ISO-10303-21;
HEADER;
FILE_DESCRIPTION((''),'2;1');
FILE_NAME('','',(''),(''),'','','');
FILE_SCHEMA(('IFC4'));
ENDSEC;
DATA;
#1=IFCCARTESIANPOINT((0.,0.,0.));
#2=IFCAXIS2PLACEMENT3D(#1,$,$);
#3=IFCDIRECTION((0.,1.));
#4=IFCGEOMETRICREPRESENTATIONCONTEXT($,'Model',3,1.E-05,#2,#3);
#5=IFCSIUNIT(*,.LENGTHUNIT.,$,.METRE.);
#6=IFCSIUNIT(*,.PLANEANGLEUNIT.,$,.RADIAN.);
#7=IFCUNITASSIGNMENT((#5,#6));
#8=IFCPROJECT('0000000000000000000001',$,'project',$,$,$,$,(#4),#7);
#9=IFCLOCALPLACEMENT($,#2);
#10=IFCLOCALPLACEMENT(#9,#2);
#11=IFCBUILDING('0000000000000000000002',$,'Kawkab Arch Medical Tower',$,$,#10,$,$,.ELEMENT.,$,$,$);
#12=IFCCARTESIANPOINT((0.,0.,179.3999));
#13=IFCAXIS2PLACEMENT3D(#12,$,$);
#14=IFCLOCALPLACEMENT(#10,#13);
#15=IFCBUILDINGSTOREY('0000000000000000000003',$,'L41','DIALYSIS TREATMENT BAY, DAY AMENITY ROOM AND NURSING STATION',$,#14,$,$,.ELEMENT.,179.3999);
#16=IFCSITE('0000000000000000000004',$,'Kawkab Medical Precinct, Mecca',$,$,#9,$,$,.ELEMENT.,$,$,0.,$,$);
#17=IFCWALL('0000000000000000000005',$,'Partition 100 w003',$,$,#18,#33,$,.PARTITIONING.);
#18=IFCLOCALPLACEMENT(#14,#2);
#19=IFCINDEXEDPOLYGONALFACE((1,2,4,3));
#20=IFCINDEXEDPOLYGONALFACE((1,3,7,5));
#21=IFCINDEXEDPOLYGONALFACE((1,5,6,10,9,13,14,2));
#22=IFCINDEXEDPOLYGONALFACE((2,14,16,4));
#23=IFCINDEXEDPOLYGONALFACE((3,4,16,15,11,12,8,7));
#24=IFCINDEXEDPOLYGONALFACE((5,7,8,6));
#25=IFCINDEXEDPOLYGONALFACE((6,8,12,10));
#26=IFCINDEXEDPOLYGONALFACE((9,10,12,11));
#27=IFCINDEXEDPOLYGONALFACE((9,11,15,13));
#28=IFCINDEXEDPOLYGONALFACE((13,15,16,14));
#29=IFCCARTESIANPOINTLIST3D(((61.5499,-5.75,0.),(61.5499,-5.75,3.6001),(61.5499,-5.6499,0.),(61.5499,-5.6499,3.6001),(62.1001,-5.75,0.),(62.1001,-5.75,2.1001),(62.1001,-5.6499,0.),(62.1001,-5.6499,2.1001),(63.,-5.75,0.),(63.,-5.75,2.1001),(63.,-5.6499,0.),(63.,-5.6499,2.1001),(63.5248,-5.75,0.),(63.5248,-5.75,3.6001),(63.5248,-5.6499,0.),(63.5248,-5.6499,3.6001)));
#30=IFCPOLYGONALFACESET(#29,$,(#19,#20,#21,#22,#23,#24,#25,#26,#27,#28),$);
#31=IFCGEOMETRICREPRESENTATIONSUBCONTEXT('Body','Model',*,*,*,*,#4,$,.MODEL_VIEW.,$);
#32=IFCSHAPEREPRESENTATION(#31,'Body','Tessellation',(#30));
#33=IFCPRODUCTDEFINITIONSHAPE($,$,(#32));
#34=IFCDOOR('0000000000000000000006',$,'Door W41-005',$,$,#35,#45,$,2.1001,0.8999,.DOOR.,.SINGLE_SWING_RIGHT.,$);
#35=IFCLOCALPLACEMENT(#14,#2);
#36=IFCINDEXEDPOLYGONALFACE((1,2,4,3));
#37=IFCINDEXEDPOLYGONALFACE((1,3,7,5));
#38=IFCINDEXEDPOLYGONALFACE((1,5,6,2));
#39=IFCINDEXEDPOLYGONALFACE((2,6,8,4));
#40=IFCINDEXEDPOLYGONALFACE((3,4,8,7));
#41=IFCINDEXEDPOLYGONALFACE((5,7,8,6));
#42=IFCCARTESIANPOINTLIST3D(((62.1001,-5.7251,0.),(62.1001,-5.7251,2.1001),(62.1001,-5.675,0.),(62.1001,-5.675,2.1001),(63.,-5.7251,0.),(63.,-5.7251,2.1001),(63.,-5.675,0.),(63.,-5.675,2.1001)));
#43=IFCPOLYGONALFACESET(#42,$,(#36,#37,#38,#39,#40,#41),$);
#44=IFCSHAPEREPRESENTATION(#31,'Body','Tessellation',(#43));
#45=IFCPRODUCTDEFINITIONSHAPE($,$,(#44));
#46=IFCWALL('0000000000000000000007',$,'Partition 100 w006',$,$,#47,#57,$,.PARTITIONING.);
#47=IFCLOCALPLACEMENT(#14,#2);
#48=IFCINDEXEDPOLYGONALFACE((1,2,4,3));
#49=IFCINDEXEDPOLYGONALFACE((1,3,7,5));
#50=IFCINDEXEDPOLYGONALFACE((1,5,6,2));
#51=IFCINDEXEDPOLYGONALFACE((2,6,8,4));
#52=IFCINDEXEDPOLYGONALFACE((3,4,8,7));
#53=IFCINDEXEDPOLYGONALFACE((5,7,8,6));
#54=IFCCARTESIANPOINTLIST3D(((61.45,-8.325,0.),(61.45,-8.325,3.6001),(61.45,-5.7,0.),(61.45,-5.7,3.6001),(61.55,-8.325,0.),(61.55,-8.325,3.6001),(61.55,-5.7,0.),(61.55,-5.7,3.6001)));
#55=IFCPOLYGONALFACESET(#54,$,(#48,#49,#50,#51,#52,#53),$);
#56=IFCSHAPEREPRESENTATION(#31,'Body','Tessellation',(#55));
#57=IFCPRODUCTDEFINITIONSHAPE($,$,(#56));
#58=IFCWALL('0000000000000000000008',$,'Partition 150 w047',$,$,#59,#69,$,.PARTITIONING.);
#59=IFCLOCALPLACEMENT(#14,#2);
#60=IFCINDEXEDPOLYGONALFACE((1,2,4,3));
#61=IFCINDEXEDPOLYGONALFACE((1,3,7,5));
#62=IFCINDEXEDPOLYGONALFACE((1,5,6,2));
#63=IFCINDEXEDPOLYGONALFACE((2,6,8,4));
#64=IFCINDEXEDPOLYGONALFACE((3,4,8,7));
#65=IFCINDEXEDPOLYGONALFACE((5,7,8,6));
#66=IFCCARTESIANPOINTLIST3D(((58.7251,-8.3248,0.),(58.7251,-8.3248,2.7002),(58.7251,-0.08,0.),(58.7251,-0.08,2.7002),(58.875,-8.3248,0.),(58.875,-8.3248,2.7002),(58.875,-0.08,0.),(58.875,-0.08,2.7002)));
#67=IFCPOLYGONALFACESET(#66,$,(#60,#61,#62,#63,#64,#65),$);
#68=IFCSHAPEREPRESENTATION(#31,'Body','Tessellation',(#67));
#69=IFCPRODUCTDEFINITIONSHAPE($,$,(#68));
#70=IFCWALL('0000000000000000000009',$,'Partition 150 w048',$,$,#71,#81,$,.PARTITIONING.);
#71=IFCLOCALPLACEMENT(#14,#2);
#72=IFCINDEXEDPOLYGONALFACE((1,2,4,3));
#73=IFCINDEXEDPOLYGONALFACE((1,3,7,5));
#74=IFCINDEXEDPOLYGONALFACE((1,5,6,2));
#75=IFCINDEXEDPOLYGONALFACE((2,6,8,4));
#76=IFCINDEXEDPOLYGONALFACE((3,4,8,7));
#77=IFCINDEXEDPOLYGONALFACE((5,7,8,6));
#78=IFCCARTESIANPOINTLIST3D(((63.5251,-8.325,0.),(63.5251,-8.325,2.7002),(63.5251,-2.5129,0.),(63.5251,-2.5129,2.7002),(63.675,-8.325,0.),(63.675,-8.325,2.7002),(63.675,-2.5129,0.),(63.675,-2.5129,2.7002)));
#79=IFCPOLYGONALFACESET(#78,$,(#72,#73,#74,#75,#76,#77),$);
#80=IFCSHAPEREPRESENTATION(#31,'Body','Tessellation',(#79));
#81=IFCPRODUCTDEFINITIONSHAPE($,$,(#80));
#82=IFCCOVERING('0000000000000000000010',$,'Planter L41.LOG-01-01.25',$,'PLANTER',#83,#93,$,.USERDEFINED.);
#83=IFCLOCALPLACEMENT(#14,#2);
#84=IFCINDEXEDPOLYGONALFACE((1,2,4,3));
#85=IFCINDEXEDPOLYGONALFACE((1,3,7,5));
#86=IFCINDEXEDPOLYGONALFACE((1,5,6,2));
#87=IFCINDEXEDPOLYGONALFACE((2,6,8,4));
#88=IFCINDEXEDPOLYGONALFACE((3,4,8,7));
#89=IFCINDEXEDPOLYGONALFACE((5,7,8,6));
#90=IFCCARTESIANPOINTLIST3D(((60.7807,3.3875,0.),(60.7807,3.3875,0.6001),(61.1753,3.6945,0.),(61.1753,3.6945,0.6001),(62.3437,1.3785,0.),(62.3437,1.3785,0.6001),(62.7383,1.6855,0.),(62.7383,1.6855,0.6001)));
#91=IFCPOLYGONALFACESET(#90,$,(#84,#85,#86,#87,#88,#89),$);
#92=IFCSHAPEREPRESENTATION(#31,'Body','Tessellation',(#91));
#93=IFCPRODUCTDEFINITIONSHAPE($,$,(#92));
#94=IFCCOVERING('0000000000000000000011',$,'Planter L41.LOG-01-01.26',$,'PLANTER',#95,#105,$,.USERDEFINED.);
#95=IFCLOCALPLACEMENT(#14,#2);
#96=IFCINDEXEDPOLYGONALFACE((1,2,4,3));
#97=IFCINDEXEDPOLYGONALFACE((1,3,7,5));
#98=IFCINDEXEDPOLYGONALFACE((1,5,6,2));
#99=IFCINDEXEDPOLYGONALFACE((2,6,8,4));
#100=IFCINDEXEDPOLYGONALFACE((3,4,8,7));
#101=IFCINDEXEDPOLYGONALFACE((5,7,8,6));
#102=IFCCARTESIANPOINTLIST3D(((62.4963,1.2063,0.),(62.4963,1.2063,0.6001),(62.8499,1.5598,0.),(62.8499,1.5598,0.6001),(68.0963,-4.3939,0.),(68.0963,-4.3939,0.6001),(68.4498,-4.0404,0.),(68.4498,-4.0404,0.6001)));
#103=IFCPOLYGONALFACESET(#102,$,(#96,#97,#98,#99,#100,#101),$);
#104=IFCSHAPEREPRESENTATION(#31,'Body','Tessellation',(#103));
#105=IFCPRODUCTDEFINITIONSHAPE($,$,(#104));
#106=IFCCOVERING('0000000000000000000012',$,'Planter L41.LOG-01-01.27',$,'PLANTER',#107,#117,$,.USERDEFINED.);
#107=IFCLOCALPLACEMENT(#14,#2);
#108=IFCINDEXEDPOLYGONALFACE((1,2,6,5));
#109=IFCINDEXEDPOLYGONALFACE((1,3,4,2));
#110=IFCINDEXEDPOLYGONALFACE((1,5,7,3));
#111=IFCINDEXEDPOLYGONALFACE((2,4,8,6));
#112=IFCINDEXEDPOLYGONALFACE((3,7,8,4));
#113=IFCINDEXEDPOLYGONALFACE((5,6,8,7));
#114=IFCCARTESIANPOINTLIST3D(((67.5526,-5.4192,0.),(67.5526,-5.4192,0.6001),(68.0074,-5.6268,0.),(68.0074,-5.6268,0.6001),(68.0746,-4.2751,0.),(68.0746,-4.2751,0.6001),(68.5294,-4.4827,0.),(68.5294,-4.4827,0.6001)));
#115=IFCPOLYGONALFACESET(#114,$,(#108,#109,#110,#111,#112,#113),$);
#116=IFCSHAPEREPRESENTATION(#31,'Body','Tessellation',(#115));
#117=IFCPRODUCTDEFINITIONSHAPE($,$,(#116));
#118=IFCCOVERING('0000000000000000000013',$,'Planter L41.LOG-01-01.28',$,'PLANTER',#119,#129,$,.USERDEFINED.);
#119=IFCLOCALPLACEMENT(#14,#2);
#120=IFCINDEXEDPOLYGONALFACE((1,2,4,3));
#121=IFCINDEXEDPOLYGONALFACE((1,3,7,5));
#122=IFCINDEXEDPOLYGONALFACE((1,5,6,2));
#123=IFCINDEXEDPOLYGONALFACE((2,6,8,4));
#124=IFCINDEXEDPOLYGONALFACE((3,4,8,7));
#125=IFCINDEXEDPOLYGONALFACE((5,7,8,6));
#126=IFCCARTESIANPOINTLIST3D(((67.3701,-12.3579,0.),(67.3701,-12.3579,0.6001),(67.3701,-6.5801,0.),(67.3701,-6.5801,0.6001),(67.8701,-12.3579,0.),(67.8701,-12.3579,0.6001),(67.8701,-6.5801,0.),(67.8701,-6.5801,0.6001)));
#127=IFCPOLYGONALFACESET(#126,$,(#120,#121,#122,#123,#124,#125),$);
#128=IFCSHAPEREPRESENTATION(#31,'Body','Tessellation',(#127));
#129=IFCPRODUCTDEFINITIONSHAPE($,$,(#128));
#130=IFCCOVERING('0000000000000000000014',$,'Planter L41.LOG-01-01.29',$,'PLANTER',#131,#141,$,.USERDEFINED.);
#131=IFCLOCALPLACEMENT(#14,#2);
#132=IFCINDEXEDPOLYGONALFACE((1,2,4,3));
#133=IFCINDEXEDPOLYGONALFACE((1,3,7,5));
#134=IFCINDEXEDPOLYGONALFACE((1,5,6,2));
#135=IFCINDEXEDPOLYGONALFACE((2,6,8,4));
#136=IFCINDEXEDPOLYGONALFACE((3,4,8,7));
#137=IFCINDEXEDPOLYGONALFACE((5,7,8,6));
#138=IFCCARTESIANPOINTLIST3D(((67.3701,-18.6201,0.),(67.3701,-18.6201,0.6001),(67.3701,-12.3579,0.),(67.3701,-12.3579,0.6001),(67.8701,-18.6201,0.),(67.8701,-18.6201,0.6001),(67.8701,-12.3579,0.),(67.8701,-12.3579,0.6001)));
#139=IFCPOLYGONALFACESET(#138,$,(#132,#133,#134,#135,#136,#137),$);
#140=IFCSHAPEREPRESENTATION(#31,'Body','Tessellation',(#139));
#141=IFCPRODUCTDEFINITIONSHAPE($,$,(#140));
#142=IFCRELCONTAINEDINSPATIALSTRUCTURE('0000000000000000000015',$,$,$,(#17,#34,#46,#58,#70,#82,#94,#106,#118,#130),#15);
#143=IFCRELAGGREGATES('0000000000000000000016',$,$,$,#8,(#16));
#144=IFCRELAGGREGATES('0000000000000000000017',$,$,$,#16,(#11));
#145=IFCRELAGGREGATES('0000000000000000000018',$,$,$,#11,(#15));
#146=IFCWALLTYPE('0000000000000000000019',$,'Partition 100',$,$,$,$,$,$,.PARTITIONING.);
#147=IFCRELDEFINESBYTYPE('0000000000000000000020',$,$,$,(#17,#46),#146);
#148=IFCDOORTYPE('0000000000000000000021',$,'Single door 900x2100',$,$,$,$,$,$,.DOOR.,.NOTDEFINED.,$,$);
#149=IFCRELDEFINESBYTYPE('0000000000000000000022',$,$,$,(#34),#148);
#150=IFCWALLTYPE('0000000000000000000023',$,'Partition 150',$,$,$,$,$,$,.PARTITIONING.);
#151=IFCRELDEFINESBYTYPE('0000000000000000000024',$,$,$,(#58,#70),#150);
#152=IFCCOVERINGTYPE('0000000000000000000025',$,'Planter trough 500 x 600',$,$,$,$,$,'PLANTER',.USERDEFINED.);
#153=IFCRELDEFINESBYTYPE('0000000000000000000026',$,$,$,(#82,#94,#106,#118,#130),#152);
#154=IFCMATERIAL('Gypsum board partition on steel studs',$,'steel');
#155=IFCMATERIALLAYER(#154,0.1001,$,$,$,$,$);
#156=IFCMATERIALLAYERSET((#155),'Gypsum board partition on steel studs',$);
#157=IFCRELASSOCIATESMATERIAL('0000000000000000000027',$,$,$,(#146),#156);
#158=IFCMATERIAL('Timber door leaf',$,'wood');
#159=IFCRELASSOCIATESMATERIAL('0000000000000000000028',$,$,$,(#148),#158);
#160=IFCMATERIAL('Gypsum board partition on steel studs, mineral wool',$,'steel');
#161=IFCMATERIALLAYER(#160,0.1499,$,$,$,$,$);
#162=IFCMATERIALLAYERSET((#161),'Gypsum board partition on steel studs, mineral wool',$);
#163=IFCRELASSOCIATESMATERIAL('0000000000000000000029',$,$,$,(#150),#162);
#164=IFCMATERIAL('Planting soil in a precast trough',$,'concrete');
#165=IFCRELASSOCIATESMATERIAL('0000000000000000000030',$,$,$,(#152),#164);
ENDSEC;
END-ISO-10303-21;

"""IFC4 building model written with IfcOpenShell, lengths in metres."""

from ifc_helpers import new_model, si_unit, direction, frame, frame_2d, origin, origin_2d, place, context, subcontext, project, spatial, rectangle, extrude, material, layer, layer_set, material_profile, profile_set, type_object, element, fill, save


model = new_model("IFC4")

# Units and contexts
model_context = context("Model", 3, precision=1e-05, world=origin(), true_north=direction((0.0, 1.0)))
body_context = subcontext(model_context, "Body", "Model", "MODEL_VIEW")
ifc_project = project(units=[si_unit("LENGTHUNIT", "METRE"), si_unit("PLANEANGLEUNIT", "RADIAN")], contexts=[model_context])

# Site, building, storey
site_placement = place(None, origin())
site = spatial("IfcSite", under=ifc_project, at=site_placement, Name="Kawkab Medical Precinct, Mecca", CompositionType="ELEMENT", RefElevation=0.0)
building_placement = place(site_placement, origin())
building = spatial("IfcBuilding", under=site, at=building_placement, Name="Kawkab Arch Medical Tower", CompositionType="ELEMENT")
storey_placement = place(building_placement, frame((0.0, 0.0, 179.3999)))
storey = spatial("IfcBuildingStorey", under=building, at=storey_placement, Name="L41", Description="DIALYSIS TREATMENT BAY, DAY AMENITY ROOM AND NURSING STATION", CompositionType="ELEMENT", Elevation=179.3999)

# Wall, opening, door
ifc_material_1 = material(Name="Gypsum board partition on steel studs", Category="steel")
ifc_layer_1 = layer(ifc_material_1, 0.1001)
ifc_layer_set_1 = layer_set([ifc_layer_1], Name="Gypsum board partition on steel studs")
wall_type_1 = type_object("IfcWallType", Name="Partition 100", PredefinedType="PARTITIONING", material=ifc_layer_set_1)
wall_1_placement = place(storey_placement, frame((61.55, -5.7, 0.0), z_axis=(0.0, 0.0, 1.0), x_axis=(1.0, 0.0, 0.0)))
wall_1 = element("IfcWall", 1, at=wall_1_placement, inside=storey, type_object=wall_type_1, Name="Partition 100 w003", PredefinedType="PARTITIONING", context=body_context, shape_type="SweptSolid", body=[
    extrude(rectangle(XDim=1.9749, YDim=0.1001, at=frame_2d((0.9873, 0.0))), origin(), (0.0, 0.0, 1.0), 3.6001),
])
opening_placement = place(wall_1_placement, frame((0.55, 0.0, 0.0)))
opening = element("IfcOpeningElement", 2, at=opening_placement, cuts=wall_1, PredefinedType="OPENING", context=body_context, shape_type="SweptSolid", body=[
    extrude(rectangle(XDim=0.8999, YDim=2.1001, at=frame_2d((0.45, 1.05))), frame((0.0, 0.0601, 0.0), z_axis=(0.0, -1.0, 0.0), x_axis=(1.0, 0.0, 0.0)), (0.0, 0.0, 1.0), 0.1201),
])
ifc_material_2 = material(Name="Timber door leaf", Category="wood")
door_type = type_object("IfcDoorType", Name="Single door 900x2100", OperationType="NOTDEFINED", PredefinedType="DOOR", material=ifc_material_2)
door_placement = place(opening_placement, origin())
door = element("IfcDoor", 3, at=door_placement, inside=storey, type_object=door_type, Name="Door W41-005", OperationType="SINGLE_SWING_RIGHT", OverallHeight=2.1001, OverallWidth=0.8999, PredefinedType="DOOR", context=body_context, shape_type="SweptSolid", body=[
    extrude(rectangle(XDim=0.8999, YDim=2.1001, at=frame_2d((0.45, 1.05))), frame((0.0, 0.0249, 0.0), z_axis=(0.0, -1.0, 0.0), x_axis=(1.0, 0.0, 0.0)), (0.0, 0.0, 1.0), 0.05),
])
fill(opening, door)

# Walls
wall_2_placement = place(storey_placement, frame((61.5, -8.325, 0.0), z_axis=(0.0, 0.0, 1.0), x_axis=(0.0, 1.0, 0.0)))
element("IfcWall", 4, at=wall_2_placement, inside=storey, type_object=wall_type_1, Name="Partition 100 w006", PredefinedType="PARTITIONING", context=body_context, shape_type="SweptSolid", body=[
    extrude(rectangle(XDim=2.625, YDim=0.1001, at=frame_2d((1.3125, 0.0))), origin(), (0.0, 0.0, 1.0), 3.6001),
])
ifc_material_3 = material(Name="Gypsum board partition on steel studs, mineral wool", Category="steel")
ifc_layer_2 = layer(ifc_material_3, 0.1499)
ifc_layer_set_2 = layer_set([ifc_layer_2], Name="Gypsum board partition on steel studs, mineral wool")
wall_type_2 = type_object("IfcWallType", Name="Partition 150", PredefinedType="PARTITIONING", material=ifc_layer_set_2)
wall_3_placement = place(storey_placement, frame((58.8, -8.325, 0.0), z_axis=(0.0, 0.0, 1.0), x_axis=(0.0, 1.0, 0.0)))
element("IfcWall", 5, at=wall_3_placement, inside=storey, type_object=wall_type_2, Name="Partition 150 w047", PredefinedType="PARTITIONING", context=body_context, shape_type="SweptSolid", body=[
    extrude(rectangle(XDim=8.2449, YDim=0.1499, at=frame_2d((4.1226, 0.0))), origin(), (0.0, 0.0, 1.0), 2.7002),
])
wall_4_placement = place(storey_placement, frame((63.6001, -8.325, 0.0), z_axis=(0.0, 0.0, 1.0), x_axis=(0.0, 1.0, 0.0)))
element("IfcWall", 6, at=wall_4_placement, inside=storey, type_object=wall_type_2, Name="Partition 150 w048", PredefinedType="PARTITIONING", context=body_context, shape_type="SweptSolid", body=[
    extrude(rectangle(XDim=5.812, YDim=0.1499, at=frame_2d((2.906, 0.0))), origin(), (0.0, 0.0, 1.0), 2.7002),
])

# Coverings
ifc_material_4 = material(Name="Planting soil in a precast trough", Category="concrete")
ifc_material_profile_1 = material_profile(ifc_material_4, rectangle(XDim=0.5, YDim=0.6001, at=origin_2d()), Name="Trough 500x600")
ifc_profile_set_1 = profile_set([ifc_material_profile_1], Name="Planting soil in a precast trough")
covering_type = type_object("IfcCoveringType", Name="Planter trough 500 x 600", ElementType="PLANTER", PredefinedType="USERDEFINED", material=ifc_profile_set_1)
covering_1_placement = place(storey_placement, frame((60.978, 3.541, 0.3), z_axis=(0.61404, -0.789275, 0.0), x_axis=(0.789275, 0.61404, 0.0)))
element("IfcCovering", 7, at=covering_1_placement, inside=storey, type_object=covering_type, Name="Planter L41.LOG-01-01.25", ObjectType="PLANTER", PredefinedType="USERDEFINED", context=body_context, shape_type="SweptSolid", body=[
    extrude(rectangle(XDim=0.5, YDim=0.6001, at=origin_2d()), origin(), (0.0, 0.0, 1.0), 2.5454),
])
covering_2_placement = place(storey_placement, frame((62.6731, 1.3831, 0.3), z_axis=(0.707091, -0.707122, 0.0), x_axis=(0.707122, 0.707091, 0.0)))
element("IfcCovering", 8, at=covering_2_placement, inside=storey, type_object=covering_type, Name="Planter L41.LOG-01-01.26", ObjectType="PLANTER", PredefinedType="USERDEFINED", context=body_context, shape_type="SweptSolid", body=[
    extrude(rectangle(XDim=0.5, YDim=0.6001, at=origin_2d()), origin(), (0.0, 0.0, 1.0), 7.9197),
])
covering_3_placement = place(storey_placement, frame((68.302, -4.3789, 0.3), z_axis=(-0.41509, -0.90978, 0.0), x_axis=(0.90978, -0.41509, 0.0)))
element("IfcCovering", 9, at=covering_3_placement, inside=storey, type_object=covering_type, Name="Planter L41.LOG-01-01.27", ObjectType="PLANTER", PredefinedType="USERDEFINED", context=body_context, shape_type="SweptSolid", body=[
    extrude(rectangle(XDim=0.5, YDim=0.6001, at=origin_2d()), origin(), (0.0, 0.0, 1.0), 1.2576),
])
covering_4_placement = place(storey_placement, frame((67.6201, -6.5801, 0.3), z_axis=(0.0, -1.0, 0.0), x_axis=(1.0, 0.0, 0.0)))
element("IfcCovering", 10, at=covering_4_placement, inside=storey, type_object=covering_type, Name="Planter L41.LOG-01-01.28", ObjectType="PLANTER", PredefinedType="USERDEFINED", context=body_context, shape_type="SweptSolid", body=[
    extrude(rectangle(XDim=0.5, YDim=0.6001, at=origin_2d()), origin(), (0.0, 0.0, 1.0), 5.7778),
])
covering_5_placement = place(storey_placement, frame((67.6201, -12.3579, 0.3), z_axis=(0.0, -1.0, 0.0), x_axis=(1.0, 0.0, 0.0)))
element("IfcCovering", 11, at=covering_5_placement, inside=storey, type_object=covering_type, Name="Planter L41.LOG-01-01.29", ObjectType="PLANTER", PredefinedType="USERDEFINED", context=body_context, shape_type="SweptSolid", body=[
    extrude(rectangle(XDim=0.5, YDim=0.6001, at=origin_2d()), origin(), (0.0, 0.0, 1.0), 6.2622),
])

save(model, "model.ifc")
